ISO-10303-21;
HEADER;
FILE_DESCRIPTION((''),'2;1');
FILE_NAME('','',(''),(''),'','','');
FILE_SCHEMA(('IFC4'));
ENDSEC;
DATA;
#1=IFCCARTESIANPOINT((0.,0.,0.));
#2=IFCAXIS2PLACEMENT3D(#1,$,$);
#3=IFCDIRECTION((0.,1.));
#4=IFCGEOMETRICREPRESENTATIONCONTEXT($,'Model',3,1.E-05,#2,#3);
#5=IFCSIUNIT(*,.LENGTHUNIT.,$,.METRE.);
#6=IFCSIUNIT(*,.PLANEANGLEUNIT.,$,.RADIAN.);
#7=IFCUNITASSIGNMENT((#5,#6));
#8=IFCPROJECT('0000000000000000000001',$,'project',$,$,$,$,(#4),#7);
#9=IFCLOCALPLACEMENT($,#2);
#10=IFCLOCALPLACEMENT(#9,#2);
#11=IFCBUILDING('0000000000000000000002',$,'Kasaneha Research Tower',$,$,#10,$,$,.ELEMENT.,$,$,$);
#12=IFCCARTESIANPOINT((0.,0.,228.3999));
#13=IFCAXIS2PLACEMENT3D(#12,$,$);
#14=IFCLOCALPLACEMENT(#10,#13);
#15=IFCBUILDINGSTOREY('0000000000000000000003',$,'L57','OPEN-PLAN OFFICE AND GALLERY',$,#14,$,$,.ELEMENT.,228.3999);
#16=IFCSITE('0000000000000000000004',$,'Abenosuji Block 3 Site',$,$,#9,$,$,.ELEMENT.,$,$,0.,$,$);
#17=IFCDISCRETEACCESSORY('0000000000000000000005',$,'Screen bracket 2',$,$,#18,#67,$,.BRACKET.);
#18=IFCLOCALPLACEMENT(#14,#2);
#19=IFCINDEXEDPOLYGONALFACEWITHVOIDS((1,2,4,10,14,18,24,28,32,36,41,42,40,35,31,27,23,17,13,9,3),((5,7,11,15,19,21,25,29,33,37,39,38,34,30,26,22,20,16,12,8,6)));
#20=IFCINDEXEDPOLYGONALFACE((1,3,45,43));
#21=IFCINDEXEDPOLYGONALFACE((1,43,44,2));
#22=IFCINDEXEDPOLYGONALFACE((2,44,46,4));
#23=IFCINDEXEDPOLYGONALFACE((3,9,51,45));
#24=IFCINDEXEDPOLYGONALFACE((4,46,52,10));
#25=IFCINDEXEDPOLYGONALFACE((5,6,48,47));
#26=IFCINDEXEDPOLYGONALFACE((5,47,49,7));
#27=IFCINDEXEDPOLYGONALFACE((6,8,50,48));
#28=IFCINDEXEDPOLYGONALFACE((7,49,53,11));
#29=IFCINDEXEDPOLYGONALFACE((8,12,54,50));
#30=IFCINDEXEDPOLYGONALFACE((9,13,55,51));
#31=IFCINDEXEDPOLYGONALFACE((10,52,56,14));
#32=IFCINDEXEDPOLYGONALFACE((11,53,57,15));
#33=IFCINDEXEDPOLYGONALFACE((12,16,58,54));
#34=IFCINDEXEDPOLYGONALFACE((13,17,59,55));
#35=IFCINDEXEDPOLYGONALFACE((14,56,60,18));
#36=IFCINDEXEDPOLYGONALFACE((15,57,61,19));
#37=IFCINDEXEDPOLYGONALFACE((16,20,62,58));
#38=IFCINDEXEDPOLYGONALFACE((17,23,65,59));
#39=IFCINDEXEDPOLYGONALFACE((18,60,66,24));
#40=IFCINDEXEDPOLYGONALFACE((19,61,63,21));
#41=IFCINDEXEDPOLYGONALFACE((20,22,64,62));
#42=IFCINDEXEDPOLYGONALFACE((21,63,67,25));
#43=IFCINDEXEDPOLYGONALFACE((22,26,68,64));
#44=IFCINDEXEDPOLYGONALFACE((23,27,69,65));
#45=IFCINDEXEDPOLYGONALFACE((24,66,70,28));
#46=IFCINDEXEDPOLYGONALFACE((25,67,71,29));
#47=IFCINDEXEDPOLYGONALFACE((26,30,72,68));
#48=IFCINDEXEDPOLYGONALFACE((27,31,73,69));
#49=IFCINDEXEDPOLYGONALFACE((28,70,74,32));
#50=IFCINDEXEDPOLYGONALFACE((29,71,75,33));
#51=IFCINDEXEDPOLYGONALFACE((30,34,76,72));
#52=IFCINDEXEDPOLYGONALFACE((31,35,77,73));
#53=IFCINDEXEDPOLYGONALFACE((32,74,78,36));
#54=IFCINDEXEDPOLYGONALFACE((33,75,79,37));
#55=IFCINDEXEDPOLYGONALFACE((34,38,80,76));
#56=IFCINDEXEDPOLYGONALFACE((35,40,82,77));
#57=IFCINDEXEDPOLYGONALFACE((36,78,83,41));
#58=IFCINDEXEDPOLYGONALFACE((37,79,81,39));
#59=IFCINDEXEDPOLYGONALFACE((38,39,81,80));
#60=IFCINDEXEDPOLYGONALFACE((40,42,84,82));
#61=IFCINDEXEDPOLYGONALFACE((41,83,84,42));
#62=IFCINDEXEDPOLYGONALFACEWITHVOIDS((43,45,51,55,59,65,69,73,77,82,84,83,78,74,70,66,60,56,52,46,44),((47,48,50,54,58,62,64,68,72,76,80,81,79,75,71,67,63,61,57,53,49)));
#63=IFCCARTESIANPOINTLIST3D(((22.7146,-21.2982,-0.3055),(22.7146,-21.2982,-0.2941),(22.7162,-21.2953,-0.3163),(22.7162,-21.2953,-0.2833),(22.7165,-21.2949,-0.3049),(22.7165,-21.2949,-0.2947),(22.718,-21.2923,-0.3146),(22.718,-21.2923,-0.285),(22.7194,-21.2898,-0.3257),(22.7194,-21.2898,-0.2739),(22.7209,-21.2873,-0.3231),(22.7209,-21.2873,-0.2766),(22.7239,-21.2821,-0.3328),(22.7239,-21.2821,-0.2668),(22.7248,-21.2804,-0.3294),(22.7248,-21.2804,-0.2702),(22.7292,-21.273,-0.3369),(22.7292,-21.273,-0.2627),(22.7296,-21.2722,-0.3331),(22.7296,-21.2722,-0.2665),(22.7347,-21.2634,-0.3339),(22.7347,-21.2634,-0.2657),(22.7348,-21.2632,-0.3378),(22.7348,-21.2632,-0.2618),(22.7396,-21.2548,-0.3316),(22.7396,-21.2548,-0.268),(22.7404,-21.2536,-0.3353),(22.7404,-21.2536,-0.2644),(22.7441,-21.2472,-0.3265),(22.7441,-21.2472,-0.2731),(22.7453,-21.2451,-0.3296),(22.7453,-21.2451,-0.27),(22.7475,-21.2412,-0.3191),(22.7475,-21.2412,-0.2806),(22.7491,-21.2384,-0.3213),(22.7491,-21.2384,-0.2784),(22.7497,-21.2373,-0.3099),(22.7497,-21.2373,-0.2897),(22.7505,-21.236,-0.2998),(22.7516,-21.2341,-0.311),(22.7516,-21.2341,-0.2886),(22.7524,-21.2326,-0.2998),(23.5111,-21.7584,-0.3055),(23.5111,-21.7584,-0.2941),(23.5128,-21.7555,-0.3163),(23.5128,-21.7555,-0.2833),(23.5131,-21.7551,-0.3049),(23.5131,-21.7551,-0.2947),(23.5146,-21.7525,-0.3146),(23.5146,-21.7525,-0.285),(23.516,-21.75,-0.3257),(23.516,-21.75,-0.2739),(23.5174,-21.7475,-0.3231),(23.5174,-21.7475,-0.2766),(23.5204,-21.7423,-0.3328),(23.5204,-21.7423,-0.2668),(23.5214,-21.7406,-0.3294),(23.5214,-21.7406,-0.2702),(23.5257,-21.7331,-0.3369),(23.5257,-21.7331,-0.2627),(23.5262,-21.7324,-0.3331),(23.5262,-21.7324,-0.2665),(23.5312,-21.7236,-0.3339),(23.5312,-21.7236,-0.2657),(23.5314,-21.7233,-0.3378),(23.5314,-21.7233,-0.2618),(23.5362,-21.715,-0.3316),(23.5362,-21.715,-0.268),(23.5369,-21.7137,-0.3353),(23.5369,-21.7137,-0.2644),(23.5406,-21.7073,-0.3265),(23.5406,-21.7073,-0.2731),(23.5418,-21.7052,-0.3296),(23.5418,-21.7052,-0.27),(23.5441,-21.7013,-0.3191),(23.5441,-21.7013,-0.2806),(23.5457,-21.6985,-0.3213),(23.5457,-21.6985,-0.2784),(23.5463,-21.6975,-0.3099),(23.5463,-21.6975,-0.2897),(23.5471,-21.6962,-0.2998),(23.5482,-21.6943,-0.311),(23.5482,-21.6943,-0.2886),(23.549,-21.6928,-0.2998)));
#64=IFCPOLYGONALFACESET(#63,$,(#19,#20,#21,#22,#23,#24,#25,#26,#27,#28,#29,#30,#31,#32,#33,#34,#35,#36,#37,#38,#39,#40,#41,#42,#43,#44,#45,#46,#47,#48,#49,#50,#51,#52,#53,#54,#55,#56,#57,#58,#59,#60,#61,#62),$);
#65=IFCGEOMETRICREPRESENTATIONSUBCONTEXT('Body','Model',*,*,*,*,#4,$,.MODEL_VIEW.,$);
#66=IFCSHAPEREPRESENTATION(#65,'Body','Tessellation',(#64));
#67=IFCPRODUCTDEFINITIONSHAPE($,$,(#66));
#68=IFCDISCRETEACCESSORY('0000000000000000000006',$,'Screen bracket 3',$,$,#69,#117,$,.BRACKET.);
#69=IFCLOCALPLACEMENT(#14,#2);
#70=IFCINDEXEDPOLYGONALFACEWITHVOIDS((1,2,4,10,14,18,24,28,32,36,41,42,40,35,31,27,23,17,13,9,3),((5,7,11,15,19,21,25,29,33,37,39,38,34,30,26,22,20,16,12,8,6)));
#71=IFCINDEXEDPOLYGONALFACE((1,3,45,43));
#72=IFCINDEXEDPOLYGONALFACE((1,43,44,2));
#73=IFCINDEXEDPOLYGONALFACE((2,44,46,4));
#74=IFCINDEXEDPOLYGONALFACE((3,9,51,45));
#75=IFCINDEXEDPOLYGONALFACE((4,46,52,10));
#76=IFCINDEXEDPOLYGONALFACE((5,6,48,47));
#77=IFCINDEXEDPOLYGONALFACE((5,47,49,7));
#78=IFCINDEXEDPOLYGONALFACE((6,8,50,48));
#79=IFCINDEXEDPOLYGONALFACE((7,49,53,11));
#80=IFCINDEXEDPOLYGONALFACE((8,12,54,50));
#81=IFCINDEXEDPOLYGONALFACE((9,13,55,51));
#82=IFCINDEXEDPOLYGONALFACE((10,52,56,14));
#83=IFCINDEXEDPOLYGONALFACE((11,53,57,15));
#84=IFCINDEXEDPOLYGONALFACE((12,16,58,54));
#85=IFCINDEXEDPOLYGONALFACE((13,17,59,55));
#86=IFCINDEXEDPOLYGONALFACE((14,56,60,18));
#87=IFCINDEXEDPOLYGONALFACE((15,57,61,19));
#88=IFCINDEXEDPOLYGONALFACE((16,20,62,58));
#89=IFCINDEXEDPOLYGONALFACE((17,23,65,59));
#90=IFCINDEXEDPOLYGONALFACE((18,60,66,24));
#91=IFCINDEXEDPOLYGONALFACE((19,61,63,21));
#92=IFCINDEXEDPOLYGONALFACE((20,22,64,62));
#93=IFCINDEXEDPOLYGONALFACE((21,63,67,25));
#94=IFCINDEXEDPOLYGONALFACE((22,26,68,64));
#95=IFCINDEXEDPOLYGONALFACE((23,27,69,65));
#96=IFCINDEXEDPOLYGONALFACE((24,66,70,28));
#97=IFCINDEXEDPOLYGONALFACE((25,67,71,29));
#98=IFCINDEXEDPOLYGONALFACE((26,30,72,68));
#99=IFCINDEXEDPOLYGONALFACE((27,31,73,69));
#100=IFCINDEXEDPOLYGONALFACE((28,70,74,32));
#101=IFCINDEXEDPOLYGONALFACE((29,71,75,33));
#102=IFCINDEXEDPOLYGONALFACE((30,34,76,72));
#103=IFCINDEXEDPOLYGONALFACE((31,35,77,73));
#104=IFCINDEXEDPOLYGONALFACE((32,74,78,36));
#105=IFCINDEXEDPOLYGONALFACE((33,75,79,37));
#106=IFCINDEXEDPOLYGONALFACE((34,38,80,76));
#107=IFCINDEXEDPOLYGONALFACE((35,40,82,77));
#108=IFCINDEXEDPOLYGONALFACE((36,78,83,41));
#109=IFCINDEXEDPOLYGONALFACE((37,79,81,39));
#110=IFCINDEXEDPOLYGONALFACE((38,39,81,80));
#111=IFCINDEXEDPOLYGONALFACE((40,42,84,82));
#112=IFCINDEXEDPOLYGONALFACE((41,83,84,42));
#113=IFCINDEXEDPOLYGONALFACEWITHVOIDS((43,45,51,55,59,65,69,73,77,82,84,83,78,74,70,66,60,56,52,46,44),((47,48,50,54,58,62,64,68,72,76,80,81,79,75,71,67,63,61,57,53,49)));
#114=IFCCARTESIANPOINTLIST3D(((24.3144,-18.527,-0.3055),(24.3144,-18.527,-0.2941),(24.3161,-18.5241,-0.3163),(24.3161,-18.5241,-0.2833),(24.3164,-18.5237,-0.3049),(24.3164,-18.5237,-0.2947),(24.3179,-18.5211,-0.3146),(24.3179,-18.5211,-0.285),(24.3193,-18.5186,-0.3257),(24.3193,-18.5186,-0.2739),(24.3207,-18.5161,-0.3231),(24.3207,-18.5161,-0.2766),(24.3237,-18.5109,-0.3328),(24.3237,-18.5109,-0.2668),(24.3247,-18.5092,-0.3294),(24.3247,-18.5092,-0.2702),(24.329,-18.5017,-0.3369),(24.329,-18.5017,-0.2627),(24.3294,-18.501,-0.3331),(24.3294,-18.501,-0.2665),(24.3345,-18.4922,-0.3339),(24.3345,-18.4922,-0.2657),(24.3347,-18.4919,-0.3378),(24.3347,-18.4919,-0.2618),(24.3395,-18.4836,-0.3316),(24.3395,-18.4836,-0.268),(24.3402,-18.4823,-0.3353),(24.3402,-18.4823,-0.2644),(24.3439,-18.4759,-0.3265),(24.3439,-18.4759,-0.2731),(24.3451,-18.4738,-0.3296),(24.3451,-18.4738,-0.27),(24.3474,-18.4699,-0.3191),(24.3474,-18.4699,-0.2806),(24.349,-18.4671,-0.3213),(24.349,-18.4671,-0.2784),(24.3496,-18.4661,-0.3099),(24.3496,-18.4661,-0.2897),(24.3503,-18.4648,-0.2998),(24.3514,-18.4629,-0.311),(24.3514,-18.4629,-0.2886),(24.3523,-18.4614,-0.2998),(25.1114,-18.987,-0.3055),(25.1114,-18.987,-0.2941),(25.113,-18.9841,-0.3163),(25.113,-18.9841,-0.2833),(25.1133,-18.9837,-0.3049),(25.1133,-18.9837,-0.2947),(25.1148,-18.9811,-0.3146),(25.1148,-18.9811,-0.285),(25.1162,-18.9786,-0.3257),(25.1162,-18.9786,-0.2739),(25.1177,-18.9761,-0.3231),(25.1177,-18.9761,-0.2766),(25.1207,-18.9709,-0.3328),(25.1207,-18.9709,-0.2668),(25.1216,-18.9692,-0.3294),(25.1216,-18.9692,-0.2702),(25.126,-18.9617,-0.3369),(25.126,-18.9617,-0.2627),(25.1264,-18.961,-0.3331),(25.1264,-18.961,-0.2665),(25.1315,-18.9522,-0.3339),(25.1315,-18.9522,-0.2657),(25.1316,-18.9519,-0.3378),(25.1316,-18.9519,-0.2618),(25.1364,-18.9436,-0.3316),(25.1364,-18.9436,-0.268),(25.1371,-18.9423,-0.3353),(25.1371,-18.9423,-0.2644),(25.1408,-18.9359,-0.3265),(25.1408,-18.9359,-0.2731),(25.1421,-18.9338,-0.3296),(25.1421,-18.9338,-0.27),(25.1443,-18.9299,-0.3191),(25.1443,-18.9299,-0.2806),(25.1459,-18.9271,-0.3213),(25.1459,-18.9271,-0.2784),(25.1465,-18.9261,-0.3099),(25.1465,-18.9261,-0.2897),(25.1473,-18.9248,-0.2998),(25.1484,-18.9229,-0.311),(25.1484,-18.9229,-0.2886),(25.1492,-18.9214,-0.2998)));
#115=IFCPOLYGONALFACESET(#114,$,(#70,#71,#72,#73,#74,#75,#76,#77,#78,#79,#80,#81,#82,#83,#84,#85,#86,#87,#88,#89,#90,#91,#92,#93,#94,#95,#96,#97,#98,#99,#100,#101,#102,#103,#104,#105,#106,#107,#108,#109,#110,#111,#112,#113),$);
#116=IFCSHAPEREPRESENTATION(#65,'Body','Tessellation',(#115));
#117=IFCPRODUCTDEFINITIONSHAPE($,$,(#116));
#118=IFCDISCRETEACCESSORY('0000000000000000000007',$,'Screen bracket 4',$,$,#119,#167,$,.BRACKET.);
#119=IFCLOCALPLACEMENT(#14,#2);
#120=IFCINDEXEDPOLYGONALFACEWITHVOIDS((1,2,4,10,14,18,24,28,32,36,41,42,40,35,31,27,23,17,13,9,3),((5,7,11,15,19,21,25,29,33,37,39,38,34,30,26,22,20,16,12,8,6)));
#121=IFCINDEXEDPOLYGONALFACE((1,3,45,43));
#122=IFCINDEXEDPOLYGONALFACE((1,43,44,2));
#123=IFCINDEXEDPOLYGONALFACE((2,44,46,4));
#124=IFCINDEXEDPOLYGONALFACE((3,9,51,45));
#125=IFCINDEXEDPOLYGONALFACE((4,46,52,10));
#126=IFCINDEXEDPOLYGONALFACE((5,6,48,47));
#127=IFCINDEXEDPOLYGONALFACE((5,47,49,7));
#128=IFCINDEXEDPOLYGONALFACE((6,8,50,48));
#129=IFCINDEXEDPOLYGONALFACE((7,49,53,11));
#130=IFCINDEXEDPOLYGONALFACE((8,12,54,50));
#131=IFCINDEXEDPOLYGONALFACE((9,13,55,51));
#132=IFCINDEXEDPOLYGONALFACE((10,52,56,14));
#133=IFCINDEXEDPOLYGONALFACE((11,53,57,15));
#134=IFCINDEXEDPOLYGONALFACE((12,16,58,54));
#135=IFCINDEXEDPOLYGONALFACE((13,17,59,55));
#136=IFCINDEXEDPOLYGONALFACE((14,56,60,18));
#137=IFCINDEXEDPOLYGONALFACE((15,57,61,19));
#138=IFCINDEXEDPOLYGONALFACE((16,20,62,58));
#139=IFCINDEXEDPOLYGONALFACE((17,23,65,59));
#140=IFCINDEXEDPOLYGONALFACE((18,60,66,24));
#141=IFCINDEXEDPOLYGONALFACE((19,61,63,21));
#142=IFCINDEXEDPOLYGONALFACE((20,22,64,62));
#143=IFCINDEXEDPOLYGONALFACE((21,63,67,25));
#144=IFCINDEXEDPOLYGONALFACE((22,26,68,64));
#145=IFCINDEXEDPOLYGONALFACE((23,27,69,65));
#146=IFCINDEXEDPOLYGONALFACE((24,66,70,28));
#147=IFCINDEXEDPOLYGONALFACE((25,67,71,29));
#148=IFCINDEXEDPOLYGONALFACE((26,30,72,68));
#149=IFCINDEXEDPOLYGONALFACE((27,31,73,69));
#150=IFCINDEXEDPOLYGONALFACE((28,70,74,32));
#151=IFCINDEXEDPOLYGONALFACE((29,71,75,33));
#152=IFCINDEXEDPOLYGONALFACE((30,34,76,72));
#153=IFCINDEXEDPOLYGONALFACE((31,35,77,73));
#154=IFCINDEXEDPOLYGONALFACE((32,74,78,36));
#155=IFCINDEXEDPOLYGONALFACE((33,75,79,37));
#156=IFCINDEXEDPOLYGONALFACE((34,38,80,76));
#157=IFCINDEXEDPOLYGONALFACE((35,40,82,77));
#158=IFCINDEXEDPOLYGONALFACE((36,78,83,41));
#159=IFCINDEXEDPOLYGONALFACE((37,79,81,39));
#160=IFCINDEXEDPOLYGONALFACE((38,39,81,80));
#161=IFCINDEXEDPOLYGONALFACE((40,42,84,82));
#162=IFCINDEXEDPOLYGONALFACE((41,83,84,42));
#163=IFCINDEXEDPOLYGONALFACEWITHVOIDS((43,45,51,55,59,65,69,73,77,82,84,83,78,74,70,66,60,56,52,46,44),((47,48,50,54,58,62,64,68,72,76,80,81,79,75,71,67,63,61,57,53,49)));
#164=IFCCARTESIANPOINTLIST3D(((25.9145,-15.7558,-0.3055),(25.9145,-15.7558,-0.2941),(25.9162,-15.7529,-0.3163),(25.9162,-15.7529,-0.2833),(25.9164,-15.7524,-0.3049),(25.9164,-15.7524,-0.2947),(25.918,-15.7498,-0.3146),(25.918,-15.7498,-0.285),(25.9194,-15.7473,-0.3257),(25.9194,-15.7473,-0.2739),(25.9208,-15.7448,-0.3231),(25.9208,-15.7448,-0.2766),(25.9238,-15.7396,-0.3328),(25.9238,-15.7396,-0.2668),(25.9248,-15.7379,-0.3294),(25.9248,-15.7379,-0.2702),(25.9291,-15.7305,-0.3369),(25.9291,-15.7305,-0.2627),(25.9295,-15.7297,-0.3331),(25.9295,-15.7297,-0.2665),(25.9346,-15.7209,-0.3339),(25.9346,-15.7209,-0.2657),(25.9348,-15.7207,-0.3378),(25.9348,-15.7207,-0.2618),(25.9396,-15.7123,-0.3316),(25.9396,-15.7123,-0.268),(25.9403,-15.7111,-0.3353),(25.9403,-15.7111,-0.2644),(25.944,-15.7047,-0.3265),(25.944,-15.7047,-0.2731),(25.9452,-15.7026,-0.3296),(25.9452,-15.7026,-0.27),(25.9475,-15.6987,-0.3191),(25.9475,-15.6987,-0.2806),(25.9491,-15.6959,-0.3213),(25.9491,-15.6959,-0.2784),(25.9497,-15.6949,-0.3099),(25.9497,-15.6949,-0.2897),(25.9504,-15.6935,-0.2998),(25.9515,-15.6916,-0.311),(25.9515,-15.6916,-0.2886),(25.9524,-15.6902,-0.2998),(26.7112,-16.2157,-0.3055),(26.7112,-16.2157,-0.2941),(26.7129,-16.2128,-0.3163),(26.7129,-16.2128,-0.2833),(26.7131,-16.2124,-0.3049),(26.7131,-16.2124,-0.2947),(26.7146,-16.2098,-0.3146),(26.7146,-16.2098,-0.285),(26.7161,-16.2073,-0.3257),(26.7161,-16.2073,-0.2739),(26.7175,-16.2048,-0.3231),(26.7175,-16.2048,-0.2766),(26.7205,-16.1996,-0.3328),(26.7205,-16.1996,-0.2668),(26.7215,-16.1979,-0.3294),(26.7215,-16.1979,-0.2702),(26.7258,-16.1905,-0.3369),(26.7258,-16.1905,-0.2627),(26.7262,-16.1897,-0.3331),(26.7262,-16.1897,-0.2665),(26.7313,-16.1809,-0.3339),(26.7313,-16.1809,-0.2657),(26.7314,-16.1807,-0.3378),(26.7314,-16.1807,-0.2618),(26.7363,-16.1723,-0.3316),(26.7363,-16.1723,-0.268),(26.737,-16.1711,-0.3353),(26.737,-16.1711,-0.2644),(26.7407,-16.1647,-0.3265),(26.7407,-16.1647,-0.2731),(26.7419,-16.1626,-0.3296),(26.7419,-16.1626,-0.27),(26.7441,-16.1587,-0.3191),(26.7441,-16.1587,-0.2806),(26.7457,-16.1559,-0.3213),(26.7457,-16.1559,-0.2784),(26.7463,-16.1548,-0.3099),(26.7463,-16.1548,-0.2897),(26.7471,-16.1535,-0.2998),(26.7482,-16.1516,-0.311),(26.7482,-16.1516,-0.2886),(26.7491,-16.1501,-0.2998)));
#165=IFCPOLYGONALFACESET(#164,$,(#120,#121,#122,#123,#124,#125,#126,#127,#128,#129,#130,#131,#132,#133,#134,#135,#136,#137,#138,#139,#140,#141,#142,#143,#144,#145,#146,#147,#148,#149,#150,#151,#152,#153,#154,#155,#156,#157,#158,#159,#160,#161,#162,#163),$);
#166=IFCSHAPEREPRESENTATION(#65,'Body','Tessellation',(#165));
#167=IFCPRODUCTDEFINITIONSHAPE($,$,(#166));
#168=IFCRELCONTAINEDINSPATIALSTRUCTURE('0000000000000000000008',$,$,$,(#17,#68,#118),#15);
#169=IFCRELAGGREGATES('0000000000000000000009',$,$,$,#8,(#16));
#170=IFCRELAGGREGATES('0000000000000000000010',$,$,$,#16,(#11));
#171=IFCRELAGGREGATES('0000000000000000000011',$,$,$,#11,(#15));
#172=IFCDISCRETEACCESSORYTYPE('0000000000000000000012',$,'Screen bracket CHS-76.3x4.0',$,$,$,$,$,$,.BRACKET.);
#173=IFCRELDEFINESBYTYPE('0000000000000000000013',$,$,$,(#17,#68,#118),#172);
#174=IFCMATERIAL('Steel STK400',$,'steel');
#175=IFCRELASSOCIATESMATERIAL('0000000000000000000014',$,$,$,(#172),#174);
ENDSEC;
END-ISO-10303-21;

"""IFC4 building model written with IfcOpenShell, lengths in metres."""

from ifc_helpers import new_model, si_unit, direction, frame, origin, origin_2d, place, context, subcontext, project, spatial, hollow_circle, extrude, material, material_profile, profile_set, type_object, element, save


model = new_model("IFC4")

# Units and contexts
model_context = context("Model", 3, precision=1e-05, world=origin(), true_north=direction((0.0, 1.0)))
body_context = subcontext(model_context, "Body", "Model", "MODEL_VIEW")
ifc_project = project(units=[si_unit("LENGTHUNIT", "METRE"), si_unit("PLANEANGLEUNIT", "RADIAN")], contexts=[model_context])

# Site, building, storey
site_placement = place(None, origin())
site = spatial("IfcSite", under=ifc_project, at=site_placement, Name="Abenosuji Block 3 Site", CompositionType="ELEMENT", RefElevation=0.0)
building_placement = place(site_placement, origin())
building = spatial("IfcBuilding", under=site, at=building_placement, Name="Kasaneha Research Tower", CompositionType="ELEMENT")
storey_placement = place(building_placement, frame((0.0, 0.0, 228.3999)))
storey = spatial("IfcBuildingStorey", under=building, at=storey_placement, Name="L57", Description="OPEN-PLAN OFFICE AND GALLERY", CompositionType="ELEMENT", Elevation=228.3999)

# Discrete accessories
ifc_material_1 = material(Name="Steel STK400", Category="steel")
ifc_material_profile_1 = material_profile(ifc_material_1, hollow_circle(Radius=0.0381, WallThickness=0.0039, at=origin_2d()), Name="CHS-76.3x4.0")
ifc_profile_set_1 = profile_set([ifc_material_profile_1], Name="Steel STK400")
discrete_accessory_type = type_object("IfcDiscreteAccessoryType", Name="Screen bracket CHS-76.3x4.0", PredefinedType="BRACKET", material=ifc_profile_set_1)
discrete_accessory_1_placement = place(storey_placement, frame((22.7334, -21.2656, -0.2998), z_axis=(0.865898, -0.50022, 0.0), x_axis=(0.50022, 0.865898, 0.0)))
element("IfcDiscreteAccessory", 1, at=discrete_accessory_1_placement, inside=storey, type_object=discrete_accessory_type, Name="Screen bracket 2", PredefinedType="BRACKET", context=body_context, shape_type="SweptSolid", body=[
    extrude(hollow_circle(Radius=0.0381, WallThickness=0.0039, at=origin_2d()), origin(), (0.0, 0.0, 1.0), 0.9199),
])
discrete_accessory_2_placement = place(storey_placement, frame((24.3333, -18.4944, -0.2998), z_axis=(0.86608, -0.499906, 0.0), x_axis=(0.499906, 0.86608, 0.0)))
element("IfcDiscreteAccessory", 2, at=discrete_accessory_2_placement, inside=storey, type_object=discrete_accessory_type, Name="Screen bracket 3", PredefinedType="BRACKET", context=body_context, shape_type="SweptSolid", body=[
    extrude(hollow_circle(Radius=0.0381, WallThickness=0.0039, at=origin_2d()), origin(), (0.0, 0.0, 1.0), 0.9202),
])
discrete_accessory_3_placement = place(storey_placement, frame((25.9333, -15.7231, -0.2998), z_axis=(0.866013, -0.500021, 0.0), x_axis=(0.500021, 0.866013, 0.0)))
element("IfcDiscreteAccessory", 3, at=discrete_accessory_3_placement, inside=storey, type_object=discrete_accessory_type, Name="Screen bracket 4", PredefinedType="BRACKET", context=body_context, shape_type="SweptSolid", body=[
    extrude(hollow_circle(Radius=0.0381, WallThickness=0.0039, at=origin_2d()), origin(), (0.0, 0.0, 1.0), 0.9199),
])

save(model, "model.ifc")
